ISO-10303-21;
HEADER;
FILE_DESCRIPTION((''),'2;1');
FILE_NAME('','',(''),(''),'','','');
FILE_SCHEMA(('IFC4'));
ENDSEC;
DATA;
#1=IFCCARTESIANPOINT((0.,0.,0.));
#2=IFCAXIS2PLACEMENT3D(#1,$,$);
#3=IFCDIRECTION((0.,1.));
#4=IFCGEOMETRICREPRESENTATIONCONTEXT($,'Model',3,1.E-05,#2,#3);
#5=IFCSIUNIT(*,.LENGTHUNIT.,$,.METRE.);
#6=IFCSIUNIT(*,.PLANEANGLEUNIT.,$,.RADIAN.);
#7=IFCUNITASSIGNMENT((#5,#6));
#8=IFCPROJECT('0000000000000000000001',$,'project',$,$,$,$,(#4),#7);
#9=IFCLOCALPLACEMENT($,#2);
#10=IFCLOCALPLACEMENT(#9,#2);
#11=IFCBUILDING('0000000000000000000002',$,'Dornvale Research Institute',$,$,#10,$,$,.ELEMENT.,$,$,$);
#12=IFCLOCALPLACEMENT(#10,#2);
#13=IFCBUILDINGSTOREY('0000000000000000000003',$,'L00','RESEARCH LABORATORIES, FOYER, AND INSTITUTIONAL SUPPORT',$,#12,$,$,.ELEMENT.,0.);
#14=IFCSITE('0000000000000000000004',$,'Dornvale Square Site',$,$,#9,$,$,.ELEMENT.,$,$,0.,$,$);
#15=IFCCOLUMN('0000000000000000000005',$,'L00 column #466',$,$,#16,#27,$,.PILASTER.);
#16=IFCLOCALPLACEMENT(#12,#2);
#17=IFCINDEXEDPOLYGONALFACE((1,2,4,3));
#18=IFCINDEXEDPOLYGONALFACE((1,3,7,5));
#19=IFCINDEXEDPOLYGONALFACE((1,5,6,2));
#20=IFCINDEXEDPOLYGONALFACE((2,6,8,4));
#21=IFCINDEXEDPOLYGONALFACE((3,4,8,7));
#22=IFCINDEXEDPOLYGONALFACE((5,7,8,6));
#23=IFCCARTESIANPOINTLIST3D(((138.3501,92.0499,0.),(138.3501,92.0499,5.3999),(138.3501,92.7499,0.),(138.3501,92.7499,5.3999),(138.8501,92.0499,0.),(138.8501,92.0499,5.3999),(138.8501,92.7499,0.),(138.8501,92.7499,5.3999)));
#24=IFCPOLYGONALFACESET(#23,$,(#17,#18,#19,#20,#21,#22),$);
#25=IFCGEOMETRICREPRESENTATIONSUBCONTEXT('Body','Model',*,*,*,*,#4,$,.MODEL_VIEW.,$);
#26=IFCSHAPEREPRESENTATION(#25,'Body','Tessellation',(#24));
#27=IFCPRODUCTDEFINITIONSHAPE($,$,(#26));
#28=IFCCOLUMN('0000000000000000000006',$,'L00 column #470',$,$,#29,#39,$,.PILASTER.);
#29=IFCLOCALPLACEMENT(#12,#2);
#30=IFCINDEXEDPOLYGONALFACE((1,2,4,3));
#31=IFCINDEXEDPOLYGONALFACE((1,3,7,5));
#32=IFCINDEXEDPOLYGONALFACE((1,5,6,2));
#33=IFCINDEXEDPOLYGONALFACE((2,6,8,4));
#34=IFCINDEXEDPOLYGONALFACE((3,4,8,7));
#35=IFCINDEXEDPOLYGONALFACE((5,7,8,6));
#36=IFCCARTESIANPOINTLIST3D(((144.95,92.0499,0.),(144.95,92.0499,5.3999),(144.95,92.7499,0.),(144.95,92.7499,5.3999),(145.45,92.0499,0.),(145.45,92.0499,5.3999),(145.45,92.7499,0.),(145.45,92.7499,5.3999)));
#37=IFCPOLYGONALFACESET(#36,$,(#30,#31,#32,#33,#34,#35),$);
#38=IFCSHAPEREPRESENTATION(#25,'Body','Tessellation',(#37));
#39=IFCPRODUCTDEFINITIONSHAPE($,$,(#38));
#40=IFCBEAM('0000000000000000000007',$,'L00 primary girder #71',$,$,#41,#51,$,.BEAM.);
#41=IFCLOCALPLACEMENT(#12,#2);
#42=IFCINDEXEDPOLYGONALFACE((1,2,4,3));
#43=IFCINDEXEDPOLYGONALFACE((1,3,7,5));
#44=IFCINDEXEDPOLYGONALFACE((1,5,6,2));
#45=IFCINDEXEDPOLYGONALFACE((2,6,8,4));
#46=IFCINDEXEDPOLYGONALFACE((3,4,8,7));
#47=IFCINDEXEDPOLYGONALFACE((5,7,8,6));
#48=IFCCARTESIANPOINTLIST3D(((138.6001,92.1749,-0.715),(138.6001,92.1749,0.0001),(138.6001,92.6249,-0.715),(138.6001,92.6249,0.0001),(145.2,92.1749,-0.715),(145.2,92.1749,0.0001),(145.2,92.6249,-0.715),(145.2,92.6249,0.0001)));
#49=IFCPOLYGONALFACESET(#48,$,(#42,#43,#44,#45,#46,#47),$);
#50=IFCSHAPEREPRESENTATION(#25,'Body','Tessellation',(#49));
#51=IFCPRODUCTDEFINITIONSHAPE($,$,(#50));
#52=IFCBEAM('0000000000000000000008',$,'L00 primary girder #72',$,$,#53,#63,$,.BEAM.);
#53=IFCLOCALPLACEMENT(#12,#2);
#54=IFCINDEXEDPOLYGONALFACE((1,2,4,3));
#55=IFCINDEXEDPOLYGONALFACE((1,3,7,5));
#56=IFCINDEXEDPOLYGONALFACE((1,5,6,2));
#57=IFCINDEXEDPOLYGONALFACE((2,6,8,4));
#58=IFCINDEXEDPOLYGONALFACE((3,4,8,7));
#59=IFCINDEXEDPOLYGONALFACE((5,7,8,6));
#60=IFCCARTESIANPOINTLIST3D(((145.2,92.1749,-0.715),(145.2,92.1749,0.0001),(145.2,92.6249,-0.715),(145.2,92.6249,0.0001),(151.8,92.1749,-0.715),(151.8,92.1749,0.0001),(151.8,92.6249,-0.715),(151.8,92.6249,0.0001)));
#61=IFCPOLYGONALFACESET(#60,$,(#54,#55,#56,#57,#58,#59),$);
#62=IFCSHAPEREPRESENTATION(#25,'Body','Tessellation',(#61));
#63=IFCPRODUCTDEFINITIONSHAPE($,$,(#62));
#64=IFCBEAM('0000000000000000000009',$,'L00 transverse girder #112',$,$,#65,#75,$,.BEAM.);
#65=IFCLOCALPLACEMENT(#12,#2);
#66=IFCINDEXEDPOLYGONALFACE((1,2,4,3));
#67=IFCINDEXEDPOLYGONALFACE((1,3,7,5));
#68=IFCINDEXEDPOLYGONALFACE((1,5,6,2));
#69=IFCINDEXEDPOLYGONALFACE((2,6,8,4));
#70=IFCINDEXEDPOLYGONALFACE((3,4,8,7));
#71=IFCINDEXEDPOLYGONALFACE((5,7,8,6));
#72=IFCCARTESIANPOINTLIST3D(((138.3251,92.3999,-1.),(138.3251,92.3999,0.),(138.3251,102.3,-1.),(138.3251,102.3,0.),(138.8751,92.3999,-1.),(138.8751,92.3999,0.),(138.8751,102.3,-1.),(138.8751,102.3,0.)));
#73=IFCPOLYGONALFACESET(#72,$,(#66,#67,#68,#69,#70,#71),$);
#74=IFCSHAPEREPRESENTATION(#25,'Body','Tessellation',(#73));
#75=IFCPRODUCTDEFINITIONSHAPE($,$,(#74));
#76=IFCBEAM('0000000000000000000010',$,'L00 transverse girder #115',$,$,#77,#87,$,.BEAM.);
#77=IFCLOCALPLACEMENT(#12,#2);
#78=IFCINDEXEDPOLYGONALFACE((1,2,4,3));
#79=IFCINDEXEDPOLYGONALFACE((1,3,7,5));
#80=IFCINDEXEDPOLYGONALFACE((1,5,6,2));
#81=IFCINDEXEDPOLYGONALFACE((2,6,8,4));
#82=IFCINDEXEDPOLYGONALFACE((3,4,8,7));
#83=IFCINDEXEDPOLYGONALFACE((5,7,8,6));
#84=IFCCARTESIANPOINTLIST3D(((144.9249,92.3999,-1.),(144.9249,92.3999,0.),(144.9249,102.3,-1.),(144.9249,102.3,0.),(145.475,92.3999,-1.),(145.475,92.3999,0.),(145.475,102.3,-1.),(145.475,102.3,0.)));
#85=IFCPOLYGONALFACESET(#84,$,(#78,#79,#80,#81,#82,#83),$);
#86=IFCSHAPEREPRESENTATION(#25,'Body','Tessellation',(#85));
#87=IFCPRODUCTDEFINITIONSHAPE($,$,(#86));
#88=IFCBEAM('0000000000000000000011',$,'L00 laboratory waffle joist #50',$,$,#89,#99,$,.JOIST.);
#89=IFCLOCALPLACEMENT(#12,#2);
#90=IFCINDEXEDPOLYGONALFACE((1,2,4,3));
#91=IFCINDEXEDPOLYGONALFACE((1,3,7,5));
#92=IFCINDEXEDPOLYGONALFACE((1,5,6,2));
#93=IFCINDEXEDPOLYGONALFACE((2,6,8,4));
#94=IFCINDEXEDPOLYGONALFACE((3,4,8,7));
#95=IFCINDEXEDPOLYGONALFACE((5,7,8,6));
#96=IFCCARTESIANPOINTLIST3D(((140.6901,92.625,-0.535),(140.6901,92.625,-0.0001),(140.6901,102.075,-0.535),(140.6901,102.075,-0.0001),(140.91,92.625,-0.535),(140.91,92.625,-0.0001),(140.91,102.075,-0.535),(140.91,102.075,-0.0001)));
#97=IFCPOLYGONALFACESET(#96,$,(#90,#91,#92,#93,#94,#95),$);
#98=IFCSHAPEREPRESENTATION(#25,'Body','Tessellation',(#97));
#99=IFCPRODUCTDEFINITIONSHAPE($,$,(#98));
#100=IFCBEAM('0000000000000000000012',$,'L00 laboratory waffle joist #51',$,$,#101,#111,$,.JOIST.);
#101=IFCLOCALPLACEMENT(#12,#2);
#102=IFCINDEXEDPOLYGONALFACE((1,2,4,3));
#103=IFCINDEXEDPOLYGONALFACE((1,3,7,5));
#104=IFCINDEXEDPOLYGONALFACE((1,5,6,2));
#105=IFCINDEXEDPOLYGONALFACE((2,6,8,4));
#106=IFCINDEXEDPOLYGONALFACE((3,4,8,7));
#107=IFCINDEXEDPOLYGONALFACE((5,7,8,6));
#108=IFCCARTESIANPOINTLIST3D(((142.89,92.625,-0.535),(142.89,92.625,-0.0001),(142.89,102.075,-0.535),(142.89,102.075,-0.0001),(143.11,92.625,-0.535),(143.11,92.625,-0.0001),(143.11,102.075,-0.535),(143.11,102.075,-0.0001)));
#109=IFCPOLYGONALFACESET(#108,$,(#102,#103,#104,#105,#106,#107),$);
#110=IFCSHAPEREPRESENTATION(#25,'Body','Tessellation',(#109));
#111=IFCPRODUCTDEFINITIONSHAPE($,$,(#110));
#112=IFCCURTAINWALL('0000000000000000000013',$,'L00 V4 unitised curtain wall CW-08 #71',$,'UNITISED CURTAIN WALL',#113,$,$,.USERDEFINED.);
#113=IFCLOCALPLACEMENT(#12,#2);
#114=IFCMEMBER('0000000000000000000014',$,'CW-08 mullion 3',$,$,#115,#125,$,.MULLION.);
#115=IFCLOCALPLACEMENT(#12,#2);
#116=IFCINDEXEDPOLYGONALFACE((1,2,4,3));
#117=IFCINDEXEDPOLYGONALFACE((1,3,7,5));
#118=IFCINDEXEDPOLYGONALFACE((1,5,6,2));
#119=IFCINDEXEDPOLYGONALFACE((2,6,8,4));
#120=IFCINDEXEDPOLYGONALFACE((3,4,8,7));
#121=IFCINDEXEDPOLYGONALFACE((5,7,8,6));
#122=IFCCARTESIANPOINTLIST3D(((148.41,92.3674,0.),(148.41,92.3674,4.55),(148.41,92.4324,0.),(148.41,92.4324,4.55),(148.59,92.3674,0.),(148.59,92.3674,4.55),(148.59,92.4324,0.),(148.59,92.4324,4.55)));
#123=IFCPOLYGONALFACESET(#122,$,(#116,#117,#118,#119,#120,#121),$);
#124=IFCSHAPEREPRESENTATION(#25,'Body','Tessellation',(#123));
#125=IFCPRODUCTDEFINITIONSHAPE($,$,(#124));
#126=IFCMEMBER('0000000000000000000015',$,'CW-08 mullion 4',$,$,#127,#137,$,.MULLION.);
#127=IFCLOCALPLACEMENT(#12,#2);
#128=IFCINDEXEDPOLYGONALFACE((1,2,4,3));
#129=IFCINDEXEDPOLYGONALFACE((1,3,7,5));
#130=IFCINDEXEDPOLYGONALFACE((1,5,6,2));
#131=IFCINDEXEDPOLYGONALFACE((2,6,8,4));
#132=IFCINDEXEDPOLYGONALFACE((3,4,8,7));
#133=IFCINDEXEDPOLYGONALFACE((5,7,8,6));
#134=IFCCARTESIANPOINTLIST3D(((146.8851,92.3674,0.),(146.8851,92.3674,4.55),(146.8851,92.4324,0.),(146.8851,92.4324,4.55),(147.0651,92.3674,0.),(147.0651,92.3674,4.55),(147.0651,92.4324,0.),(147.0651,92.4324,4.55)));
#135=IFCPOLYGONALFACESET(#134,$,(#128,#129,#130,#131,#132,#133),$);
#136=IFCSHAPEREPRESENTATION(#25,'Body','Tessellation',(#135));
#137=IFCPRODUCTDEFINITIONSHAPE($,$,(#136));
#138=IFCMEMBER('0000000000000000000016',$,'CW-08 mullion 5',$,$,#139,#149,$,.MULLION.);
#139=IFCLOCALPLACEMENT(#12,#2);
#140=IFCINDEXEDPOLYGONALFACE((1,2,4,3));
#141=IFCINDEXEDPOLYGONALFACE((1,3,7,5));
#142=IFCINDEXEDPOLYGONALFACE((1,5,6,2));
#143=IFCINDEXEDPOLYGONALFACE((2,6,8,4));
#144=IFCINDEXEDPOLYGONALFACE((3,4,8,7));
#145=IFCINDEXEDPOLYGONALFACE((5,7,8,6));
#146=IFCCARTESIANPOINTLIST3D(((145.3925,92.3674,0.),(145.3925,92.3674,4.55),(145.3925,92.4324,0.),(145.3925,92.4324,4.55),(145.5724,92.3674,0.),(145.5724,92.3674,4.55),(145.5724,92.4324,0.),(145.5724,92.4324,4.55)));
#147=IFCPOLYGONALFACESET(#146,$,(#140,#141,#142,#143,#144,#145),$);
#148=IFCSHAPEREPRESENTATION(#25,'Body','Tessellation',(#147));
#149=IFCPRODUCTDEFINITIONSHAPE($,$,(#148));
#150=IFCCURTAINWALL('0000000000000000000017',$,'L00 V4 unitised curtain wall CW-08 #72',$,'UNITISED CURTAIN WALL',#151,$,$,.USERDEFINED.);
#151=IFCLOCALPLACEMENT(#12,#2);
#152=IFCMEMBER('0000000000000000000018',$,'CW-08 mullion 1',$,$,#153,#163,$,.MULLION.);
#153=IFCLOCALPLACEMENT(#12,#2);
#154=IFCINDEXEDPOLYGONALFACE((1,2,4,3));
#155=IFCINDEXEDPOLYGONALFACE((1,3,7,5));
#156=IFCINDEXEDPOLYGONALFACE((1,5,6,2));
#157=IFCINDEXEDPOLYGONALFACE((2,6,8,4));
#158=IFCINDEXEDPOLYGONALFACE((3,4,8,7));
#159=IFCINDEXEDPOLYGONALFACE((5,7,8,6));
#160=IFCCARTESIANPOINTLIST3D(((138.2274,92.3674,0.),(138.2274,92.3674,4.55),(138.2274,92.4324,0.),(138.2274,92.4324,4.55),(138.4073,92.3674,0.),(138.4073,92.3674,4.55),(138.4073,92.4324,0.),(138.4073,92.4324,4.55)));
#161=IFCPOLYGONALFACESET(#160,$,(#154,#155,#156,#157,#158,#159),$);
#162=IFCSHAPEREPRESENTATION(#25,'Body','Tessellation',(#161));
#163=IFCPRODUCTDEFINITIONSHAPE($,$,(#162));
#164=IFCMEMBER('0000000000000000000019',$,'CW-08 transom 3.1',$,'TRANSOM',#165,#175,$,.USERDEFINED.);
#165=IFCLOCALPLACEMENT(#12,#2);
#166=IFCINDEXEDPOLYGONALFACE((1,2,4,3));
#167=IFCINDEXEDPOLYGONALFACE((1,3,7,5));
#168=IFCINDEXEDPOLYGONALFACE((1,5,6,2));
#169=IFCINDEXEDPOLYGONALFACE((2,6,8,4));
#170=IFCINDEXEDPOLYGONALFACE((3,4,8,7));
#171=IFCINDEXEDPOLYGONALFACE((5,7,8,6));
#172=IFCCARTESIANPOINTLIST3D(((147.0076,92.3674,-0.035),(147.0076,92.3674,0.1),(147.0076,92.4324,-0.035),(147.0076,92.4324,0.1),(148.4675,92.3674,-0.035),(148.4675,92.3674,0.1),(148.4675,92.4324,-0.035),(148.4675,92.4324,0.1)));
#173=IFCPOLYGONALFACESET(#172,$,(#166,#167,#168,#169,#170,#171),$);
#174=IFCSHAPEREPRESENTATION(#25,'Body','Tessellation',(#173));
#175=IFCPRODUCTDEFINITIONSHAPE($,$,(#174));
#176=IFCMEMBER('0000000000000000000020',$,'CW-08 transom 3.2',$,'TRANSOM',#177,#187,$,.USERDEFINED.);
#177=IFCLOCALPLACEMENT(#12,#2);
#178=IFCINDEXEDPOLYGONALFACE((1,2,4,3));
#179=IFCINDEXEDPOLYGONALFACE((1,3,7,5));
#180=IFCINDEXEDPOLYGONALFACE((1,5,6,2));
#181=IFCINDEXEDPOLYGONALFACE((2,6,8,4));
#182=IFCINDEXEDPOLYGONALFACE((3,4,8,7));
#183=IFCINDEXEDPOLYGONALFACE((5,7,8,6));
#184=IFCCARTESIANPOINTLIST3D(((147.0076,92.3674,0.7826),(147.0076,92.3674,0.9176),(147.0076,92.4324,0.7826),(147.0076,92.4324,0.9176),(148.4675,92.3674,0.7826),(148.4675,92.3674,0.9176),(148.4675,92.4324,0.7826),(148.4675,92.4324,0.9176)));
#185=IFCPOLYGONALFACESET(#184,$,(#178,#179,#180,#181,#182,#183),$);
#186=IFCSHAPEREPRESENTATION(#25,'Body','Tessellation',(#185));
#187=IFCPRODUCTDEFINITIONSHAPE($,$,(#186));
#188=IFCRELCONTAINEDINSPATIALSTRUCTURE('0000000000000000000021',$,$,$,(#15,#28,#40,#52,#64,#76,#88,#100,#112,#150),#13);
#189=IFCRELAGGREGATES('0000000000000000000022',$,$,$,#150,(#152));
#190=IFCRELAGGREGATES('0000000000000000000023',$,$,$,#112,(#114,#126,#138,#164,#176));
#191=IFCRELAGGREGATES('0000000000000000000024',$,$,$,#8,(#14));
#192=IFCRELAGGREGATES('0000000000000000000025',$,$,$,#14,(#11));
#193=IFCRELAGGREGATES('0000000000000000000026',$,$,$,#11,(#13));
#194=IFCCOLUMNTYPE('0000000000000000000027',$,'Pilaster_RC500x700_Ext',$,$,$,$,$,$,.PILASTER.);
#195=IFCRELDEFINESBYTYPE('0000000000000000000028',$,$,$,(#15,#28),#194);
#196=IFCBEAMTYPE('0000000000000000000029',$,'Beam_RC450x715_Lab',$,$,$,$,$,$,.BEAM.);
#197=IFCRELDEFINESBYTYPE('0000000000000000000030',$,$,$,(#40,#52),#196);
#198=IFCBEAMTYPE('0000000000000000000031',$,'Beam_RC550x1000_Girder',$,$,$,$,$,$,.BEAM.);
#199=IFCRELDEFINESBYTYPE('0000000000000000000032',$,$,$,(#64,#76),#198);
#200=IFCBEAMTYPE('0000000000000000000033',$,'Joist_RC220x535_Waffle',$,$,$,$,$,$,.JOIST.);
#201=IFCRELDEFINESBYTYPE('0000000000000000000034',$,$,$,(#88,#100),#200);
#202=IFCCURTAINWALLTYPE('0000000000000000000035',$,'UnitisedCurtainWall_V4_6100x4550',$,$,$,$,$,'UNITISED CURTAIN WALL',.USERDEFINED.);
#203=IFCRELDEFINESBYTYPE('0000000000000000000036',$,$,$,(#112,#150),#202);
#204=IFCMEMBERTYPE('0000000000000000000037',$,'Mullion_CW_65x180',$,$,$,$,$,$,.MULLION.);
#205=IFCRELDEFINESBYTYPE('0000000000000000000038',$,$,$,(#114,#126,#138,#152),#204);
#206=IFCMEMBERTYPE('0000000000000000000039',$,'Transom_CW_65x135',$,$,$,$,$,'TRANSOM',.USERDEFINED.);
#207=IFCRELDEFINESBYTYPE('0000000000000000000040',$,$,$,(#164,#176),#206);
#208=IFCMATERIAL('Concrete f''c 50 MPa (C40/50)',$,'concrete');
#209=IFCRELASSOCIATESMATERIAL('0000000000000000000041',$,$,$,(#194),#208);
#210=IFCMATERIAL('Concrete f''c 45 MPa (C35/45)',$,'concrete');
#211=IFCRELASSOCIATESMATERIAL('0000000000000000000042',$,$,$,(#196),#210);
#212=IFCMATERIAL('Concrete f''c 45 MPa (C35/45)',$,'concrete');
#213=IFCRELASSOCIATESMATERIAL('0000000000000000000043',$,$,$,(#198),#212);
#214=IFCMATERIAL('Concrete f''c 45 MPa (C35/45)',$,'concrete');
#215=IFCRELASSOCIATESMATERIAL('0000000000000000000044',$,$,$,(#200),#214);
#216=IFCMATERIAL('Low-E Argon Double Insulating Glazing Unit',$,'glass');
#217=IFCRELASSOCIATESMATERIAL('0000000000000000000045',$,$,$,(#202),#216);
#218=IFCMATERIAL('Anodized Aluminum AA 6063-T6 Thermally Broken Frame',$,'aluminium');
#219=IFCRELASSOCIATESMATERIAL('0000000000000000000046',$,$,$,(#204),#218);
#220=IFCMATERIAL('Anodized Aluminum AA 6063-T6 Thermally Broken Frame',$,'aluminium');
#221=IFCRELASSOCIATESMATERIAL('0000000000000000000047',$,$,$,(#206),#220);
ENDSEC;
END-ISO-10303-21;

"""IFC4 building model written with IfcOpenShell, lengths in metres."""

from ifc_helpers import new_model, si_unit, direction, frame, origin, origin_2d, place, context, subcontext, project, spatial, rectangle, extrude, material, material_profile, profile_set, type_object, element, aggregate, save


model = new_model("IFC4")

# Units and contexts
model_context = context("Model", 3, precision=1e-05, world=origin(), true_north=direction((0.0, 1.0)))
body_context = subcontext(model_context, "Body", "Model", "MODEL_VIEW")
ifc_project = project(units=[si_unit("LENGTHUNIT", "METRE"), si_unit("PLANEANGLEUNIT", "RADIAN")], contexts=[model_context])

# Site, building, storey
site_placement = place(None, origin())
site = spatial("IfcSite", under=ifc_project, at=site_placement, Name="Dornvale Square Site", CompositionType="ELEMENT", RefElevation=0.0)
building_placement = place(site_placement, origin())
building = spatial("IfcBuilding", under=site, at=building_placement, Name="Dornvale Research Institute", CompositionType="ELEMENT")
storey_placement = place(building_placement, origin())
storey = spatial("IfcBuildingStorey", under=building, at=storey_placement, Name="L00", Description="RESEARCH LABORATORIES, FOYER, AND INSTITUTIONAL SUPPORT", CompositionType="ELEMENT", Elevation=0.0)

# Columns
ifc_material_1 = material(Name="Concrete f'c 50 MPa (C40/50)", Category="concrete")
ifc_material_profile_1 = material_profile(ifc_material_1, rectangle(XDim=0.5, YDim=0.7, at=origin_2d()), Name="RC 500x700")
ifc_profile_set_1 = profile_set([ifc_material_profile_1], Name="Concrete f'c 50 MPa (C40/50)")
column_type = type_object("IfcColumnType", Name="Pilaster_RC500x700_Ext", PredefinedType="PILASTER", material=ifc_profile_set_1)
for number, where, z_axis, x_axis, name in (
    (1, (138.6001, 92.3999, 0.0), (0.0, 0.0, 1.0), (1.0, 0.0, 0.0), "L00 column #466"),
    (2, (145.2, 92.3999, 0.0), (0.0, 0.0, 1.0), (1.0, 0.0, 0.0), "L00 column #470"),
):
    element("IfcColumn", number, at=place(storey_placement, frame(where, z_axis=z_axis, x_axis=x_axis)), inside=storey, type_object=column_type, Name=name, PredefinedType="PILASTER", context=body_context, shape_type="SweptSolid", body=[
        extrude(rectangle(XDim=0.5, YDim=0.7, at=origin_2d()), origin(), (0.0, 0.0, 1.0), 5.3999),
    ])

# Beams
ifc_material_2 = material(Name="Concrete f'c 45 MPa (C35/45)", Category="concrete")
ifc_material_profile_2 = material_profile(ifc_material_2, rectangle(XDim=0.45, YDim=0.7151, at=origin_2d()), Name="RC 450x715")
ifc_profile_set_2 = profile_set([ifc_material_profile_2], Name="Concrete f'c 45 MPa (C35/45)")
beam_type_1 = type_object("IfcBeamType", Name="Beam_RC450x715_Lab", PredefinedType="BEAM", material=ifc_profile_set_2)
beam_1_placement = place(storey_placement, frame((138.6001, 92.3999, -0.3574), z_axis=(1.0, 0.0, 0.0), x_axis=(0.0, 1.0, 0.0)))
element("IfcBeam", 3, at=beam_1_placement, inside=storey, type_object=beam_type_1, Name="L00 primary girder #71", PredefinedType="BEAM", context=body_context, shape_type="SweptSolid", body=[
    extrude(rectangle(XDim=0.45, YDim=0.7151, at=origin_2d()), origin(), (0.0, 0.0, 1.0), 6.5999),
])
beam_2_placement = place(storey_placement, frame((145.2, 92.3999, -0.3574), z_axis=(1.0, 0.0, 0.0), x_axis=(0.0, 1.0, 0.0)))
element("IfcBeam", 4, at=beam_2_placement, inside=storey, type_object=beam_type_1, Name="L00 primary girder #72", PredefinedType="BEAM", context=body_context, shape_type="SweptSolid", body=[
    extrude(rectangle(XDim=0.45, YDim=0.7151, at=origin_2d()), origin(), (0.0, 0.0, 1.0), 6.6001),
])
ifc_material_3 = material(Name="Concrete f'c 45 MPa (C35/45)", Category="concrete")
ifc_material_profile_3 = material_profile(ifc_material_3, rectangle(XDim=0.55, YDim=1.0, at=origin_2d()), Name="RC 550x1000")
ifc_profile_set_3 = profile_set([ifc_material_profile_3], Name="Concrete f'c 45 MPa (C35/45)")
beam_type_2 = type_object("IfcBeamType", Name="Beam_RC550x1000_Girder", PredefinedType="BEAM", material=ifc_profile_set_3)
for number, where, z_axis, x_axis, name in (
    (5, (138.6001, 92.3999, -0.5), (0.0, 1.0, 0.0), (-1.0, 0.0, 0.0), "L00 transverse girder #112"),
    (6, (145.2, 92.3999, -0.5), (0.0, 1.0, 0.0), (-1.0, 0.0, 0.0), "L00 transverse girder #115"),
):
    element("IfcBeam", number, at=place(storey_placement, frame(where, z_axis=z_axis, x_axis=x_axis)), inside=storey, type_object=beam_type_2, Name=name, PredefinedType="BEAM", context=body_context, shape_type="SweptSolid", body=[
        extrude(rectangle(XDim=0.55, YDim=1.0, at=origin_2d()), origin(), (0.0, 0.0, 1.0), 9.9001),
    ])
ifc_material_4 = material(Name="Concrete f'c 45 MPa (C35/45)", Category="concrete")
ifc_material_profile_4 = material_profile(ifc_material_4, rectangle(XDim=0.22, YDim=0.5349, at=origin_2d()), Name="RC 220x535")
ifc_profile_set_4 = profile_set([ifc_material_profile_4], Name="Concrete f'c 45 MPa (C35/45)")
beam_type_3 = type_object("IfcBeamType", Name="Joist_RC220x535_Waffle", PredefinedType="JOIST", material=ifc_profile_set_4)
for number, where, z_axis, x_axis, name in (
    (7, (140.8, 92.625, -0.2676), (0.0, 1.0, 0.0), (-1.0, 0.0, 0.0), "L00 laboratory waffle joist #50"),
    (8, (143.0, 92.625, -0.2676), (0.0, 1.0, 0.0), (-1.0, 0.0, 0.0), "L00 laboratory waffle joist #51"),
):
    element("IfcBeam", number, at=place(storey_placement, frame(where, z_axis=z_axis, x_axis=x_axis)), inside=storey, type_object=beam_type_3, Name=name, PredefinedType="JOIST", context=body_context, shape_type="SweptSolid", body=[
        extrude(rectangle(XDim=0.22, YDim=0.5349, at=origin_2d()), origin(), (0.0, 0.0, 1.0), 9.45),
    ])

# Curtain wall, members
ifc_material_5 = material(Name="Low-E Argon Double Insulating Glazing Unit", Category="glass")
curtain_wall_type = type_object("IfcCurtainWallType", Name="UnitisedCurtainWall_V4_6100x4550", ElementType="UNITISED CURTAIN WALL", PredefinedType="USERDEFINED", material=ifc_material_5)
curtain_wall_1_placement = place(storey_placement, origin())
curtain_wall_1 = element("IfcCurtainWall", 9, at=curtain_wall_1_placement, inside=storey, type_object=curtain_wall_type, Name="L00 V4 unitised curtain wall CW-08 #71", ObjectType="UNITISED CURTAIN WALL", PredefinedType="USERDEFINED")
ifc_material_6 = material(Name="Anodized Aluminum AA 6063-T6 Thermally Broken Frame", Category="aluminium")
ifc_material_profile_5 = material_profile(ifc_material_6, rectangle(XDim=0.0649, YDim=0.1799, at=origin_2d()), Name="ALU MULLION 65x180")
ifc_profile_set_5 = profile_set([ifc_material_profile_5], Name="Anodized Aluminum AA 6063-T6 Thermally Broken Frame")
member_type_1 = type_object("IfcMemberType", Name="Mullion_CW_65x180", PredefinedType="MULLION", material=ifc_profile_set_5)
member_1_placement = place(storey_placement, frame((148.5, 92.3999, 0.0), z_axis=(0.0, 0.0, 1.0), x_axis=(0.0, -1.0, 0.0)))
member_1 = element("IfcMember", 10, at=member_1_placement, type_object=member_type_1, Name="CW-08 mullion 3", PredefinedType="MULLION", context=body_context, shape_type="SweptSolid", body=[
    extrude(rectangle(XDim=0.0649, YDim=0.1799, at=origin_2d()), origin(), (0.0, 0.0, 1.0), 4.55),
])
member_2_placement = place(storey_placement, frame((146.9751, 92.3999, 0.0), z_axis=(0.0, 0.0, 1.0), x_axis=(0.0, -1.0, 0.0)))
member_2 = element("IfcMember", 11, at=member_2_placement, type_object=member_type_1, Name="CW-08 mullion 4", PredefinedType="MULLION", context=body_context, shape_type="SweptSolid", body=[
    extrude(rectangle(XDim=0.0649, YDim=0.1799, at=origin_2d()), origin(), (0.0, 0.0, 1.0), 4.55),
])
member_3_placement = place(storey_placement, frame((145.4824, 92.3999, 0.0), z_axis=(0.0, 0.0, 1.0), x_axis=(0.0, -1.0, 0.0)))
member_3 = element("IfcMember", 12, at=member_3_placement, type_object=member_type_1, Name="CW-08 mullion 5", PredefinedType="MULLION", context=body_context, shape_type="SweptSolid", body=[
    extrude(rectangle(XDim=0.0649, YDim=0.1799, at=origin_2d()), origin(), (0.0, 0.0, 1.0), 4.55),
])

# Curtain wall, member
curtain_wall_2_placement = place(storey_placement, origin())
curtain_wall_2 = element("IfcCurtainWall", 13, at=curtain_wall_2_placement, inside=storey, type_object=curtain_wall_type, Name="L00 V4 unitised curtain wall CW-08 #72", ObjectType="UNITISED CURTAIN WALL", PredefinedType="USERDEFINED")
member_4_placement = place(storey_placement, frame((138.3174, 92.3999, 0.0), z_axis=(0.0, 0.0, 1.0), x_axis=(0.0, -1.0, 0.0)))
member_4 = element("IfcMember", 14, at=member_4_placement, type_object=member_type_1, Name="CW-08 mullion 1", PredefinedType="MULLION", context=body_context, shape_type="SweptSolid", body=[
    extrude(rectangle(XDim=0.0649, YDim=0.1799, at=origin_2d()), origin(), (0.0, 0.0, 1.0), 4.55),
])

# Members
ifc_material_7 = material(Name="Anodized Aluminum AA 6063-T6 Thermally Broken Frame", Category="aluminium")
ifc_material_profile_6 = material_profile(ifc_material_7, rectangle(XDim=0.0649, YDim=0.135, at=origin_2d()), Name="ALU TRANSOM 65x135")
ifc_profile_set_6 = profile_set([ifc_material_profile_6], Name="Anodized Aluminum AA 6063-T6 Thermally Broken Frame")
member_type_2 = type_object("IfcMemberType", Name="Transom_CW_65x135", ElementType="TRANSOM", PredefinedType="USERDEFINED", material=ifc_profile_set_6)
member_5_placement = place(storey_placement, frame((148.4675, 92.3999, 0.0325), z_axis=(-1.0, 0.0, 0.0), x_axis=(0.0, -1.0, 0.0)))
member_5 = element("IfcMember", 15, at=member_5_placement, type_object=member_type_2, Name="CW-08 transom 3.1", ObjectType="TRANSOM", PredefinedType="USERDEFINED", context=body_context, shape_type="SweptSolid", body=[
    extrude(rectangle(XDim=0.0649, YDim=0.135, at=origin_2d()), origin(), (0.0, 0.0, 1.0), 1.46),
])
member_6_placement = place(storey_placement, frame((148.4675, 92.3999, 0.8501), z_axis=(-1.0, 0.0, 0.0), x_axis=(0.0, -1.0, 0.0)))
member_6 = element("IfcMember", 16, at=member_6_placement, type_object=member_type_2, Name="CW-08 transom 3.2", ObjectType="TRANSOM", PredefinedType="USERDEFINED", context=body_context, shape_type="SweptSolid", body=[
    extrude(rectangle(XDim=0.0649, YDim=0.135, at=origin_2d()), origin(), (0.0, 0.0, 1.0), 1.46),
])
aggregate(curtain_wall_2, [member_4])

aggregate(curtain_wall_1, [member_1, member_2, member_3, member_5, member_6])

save(model, "model.ifc")
